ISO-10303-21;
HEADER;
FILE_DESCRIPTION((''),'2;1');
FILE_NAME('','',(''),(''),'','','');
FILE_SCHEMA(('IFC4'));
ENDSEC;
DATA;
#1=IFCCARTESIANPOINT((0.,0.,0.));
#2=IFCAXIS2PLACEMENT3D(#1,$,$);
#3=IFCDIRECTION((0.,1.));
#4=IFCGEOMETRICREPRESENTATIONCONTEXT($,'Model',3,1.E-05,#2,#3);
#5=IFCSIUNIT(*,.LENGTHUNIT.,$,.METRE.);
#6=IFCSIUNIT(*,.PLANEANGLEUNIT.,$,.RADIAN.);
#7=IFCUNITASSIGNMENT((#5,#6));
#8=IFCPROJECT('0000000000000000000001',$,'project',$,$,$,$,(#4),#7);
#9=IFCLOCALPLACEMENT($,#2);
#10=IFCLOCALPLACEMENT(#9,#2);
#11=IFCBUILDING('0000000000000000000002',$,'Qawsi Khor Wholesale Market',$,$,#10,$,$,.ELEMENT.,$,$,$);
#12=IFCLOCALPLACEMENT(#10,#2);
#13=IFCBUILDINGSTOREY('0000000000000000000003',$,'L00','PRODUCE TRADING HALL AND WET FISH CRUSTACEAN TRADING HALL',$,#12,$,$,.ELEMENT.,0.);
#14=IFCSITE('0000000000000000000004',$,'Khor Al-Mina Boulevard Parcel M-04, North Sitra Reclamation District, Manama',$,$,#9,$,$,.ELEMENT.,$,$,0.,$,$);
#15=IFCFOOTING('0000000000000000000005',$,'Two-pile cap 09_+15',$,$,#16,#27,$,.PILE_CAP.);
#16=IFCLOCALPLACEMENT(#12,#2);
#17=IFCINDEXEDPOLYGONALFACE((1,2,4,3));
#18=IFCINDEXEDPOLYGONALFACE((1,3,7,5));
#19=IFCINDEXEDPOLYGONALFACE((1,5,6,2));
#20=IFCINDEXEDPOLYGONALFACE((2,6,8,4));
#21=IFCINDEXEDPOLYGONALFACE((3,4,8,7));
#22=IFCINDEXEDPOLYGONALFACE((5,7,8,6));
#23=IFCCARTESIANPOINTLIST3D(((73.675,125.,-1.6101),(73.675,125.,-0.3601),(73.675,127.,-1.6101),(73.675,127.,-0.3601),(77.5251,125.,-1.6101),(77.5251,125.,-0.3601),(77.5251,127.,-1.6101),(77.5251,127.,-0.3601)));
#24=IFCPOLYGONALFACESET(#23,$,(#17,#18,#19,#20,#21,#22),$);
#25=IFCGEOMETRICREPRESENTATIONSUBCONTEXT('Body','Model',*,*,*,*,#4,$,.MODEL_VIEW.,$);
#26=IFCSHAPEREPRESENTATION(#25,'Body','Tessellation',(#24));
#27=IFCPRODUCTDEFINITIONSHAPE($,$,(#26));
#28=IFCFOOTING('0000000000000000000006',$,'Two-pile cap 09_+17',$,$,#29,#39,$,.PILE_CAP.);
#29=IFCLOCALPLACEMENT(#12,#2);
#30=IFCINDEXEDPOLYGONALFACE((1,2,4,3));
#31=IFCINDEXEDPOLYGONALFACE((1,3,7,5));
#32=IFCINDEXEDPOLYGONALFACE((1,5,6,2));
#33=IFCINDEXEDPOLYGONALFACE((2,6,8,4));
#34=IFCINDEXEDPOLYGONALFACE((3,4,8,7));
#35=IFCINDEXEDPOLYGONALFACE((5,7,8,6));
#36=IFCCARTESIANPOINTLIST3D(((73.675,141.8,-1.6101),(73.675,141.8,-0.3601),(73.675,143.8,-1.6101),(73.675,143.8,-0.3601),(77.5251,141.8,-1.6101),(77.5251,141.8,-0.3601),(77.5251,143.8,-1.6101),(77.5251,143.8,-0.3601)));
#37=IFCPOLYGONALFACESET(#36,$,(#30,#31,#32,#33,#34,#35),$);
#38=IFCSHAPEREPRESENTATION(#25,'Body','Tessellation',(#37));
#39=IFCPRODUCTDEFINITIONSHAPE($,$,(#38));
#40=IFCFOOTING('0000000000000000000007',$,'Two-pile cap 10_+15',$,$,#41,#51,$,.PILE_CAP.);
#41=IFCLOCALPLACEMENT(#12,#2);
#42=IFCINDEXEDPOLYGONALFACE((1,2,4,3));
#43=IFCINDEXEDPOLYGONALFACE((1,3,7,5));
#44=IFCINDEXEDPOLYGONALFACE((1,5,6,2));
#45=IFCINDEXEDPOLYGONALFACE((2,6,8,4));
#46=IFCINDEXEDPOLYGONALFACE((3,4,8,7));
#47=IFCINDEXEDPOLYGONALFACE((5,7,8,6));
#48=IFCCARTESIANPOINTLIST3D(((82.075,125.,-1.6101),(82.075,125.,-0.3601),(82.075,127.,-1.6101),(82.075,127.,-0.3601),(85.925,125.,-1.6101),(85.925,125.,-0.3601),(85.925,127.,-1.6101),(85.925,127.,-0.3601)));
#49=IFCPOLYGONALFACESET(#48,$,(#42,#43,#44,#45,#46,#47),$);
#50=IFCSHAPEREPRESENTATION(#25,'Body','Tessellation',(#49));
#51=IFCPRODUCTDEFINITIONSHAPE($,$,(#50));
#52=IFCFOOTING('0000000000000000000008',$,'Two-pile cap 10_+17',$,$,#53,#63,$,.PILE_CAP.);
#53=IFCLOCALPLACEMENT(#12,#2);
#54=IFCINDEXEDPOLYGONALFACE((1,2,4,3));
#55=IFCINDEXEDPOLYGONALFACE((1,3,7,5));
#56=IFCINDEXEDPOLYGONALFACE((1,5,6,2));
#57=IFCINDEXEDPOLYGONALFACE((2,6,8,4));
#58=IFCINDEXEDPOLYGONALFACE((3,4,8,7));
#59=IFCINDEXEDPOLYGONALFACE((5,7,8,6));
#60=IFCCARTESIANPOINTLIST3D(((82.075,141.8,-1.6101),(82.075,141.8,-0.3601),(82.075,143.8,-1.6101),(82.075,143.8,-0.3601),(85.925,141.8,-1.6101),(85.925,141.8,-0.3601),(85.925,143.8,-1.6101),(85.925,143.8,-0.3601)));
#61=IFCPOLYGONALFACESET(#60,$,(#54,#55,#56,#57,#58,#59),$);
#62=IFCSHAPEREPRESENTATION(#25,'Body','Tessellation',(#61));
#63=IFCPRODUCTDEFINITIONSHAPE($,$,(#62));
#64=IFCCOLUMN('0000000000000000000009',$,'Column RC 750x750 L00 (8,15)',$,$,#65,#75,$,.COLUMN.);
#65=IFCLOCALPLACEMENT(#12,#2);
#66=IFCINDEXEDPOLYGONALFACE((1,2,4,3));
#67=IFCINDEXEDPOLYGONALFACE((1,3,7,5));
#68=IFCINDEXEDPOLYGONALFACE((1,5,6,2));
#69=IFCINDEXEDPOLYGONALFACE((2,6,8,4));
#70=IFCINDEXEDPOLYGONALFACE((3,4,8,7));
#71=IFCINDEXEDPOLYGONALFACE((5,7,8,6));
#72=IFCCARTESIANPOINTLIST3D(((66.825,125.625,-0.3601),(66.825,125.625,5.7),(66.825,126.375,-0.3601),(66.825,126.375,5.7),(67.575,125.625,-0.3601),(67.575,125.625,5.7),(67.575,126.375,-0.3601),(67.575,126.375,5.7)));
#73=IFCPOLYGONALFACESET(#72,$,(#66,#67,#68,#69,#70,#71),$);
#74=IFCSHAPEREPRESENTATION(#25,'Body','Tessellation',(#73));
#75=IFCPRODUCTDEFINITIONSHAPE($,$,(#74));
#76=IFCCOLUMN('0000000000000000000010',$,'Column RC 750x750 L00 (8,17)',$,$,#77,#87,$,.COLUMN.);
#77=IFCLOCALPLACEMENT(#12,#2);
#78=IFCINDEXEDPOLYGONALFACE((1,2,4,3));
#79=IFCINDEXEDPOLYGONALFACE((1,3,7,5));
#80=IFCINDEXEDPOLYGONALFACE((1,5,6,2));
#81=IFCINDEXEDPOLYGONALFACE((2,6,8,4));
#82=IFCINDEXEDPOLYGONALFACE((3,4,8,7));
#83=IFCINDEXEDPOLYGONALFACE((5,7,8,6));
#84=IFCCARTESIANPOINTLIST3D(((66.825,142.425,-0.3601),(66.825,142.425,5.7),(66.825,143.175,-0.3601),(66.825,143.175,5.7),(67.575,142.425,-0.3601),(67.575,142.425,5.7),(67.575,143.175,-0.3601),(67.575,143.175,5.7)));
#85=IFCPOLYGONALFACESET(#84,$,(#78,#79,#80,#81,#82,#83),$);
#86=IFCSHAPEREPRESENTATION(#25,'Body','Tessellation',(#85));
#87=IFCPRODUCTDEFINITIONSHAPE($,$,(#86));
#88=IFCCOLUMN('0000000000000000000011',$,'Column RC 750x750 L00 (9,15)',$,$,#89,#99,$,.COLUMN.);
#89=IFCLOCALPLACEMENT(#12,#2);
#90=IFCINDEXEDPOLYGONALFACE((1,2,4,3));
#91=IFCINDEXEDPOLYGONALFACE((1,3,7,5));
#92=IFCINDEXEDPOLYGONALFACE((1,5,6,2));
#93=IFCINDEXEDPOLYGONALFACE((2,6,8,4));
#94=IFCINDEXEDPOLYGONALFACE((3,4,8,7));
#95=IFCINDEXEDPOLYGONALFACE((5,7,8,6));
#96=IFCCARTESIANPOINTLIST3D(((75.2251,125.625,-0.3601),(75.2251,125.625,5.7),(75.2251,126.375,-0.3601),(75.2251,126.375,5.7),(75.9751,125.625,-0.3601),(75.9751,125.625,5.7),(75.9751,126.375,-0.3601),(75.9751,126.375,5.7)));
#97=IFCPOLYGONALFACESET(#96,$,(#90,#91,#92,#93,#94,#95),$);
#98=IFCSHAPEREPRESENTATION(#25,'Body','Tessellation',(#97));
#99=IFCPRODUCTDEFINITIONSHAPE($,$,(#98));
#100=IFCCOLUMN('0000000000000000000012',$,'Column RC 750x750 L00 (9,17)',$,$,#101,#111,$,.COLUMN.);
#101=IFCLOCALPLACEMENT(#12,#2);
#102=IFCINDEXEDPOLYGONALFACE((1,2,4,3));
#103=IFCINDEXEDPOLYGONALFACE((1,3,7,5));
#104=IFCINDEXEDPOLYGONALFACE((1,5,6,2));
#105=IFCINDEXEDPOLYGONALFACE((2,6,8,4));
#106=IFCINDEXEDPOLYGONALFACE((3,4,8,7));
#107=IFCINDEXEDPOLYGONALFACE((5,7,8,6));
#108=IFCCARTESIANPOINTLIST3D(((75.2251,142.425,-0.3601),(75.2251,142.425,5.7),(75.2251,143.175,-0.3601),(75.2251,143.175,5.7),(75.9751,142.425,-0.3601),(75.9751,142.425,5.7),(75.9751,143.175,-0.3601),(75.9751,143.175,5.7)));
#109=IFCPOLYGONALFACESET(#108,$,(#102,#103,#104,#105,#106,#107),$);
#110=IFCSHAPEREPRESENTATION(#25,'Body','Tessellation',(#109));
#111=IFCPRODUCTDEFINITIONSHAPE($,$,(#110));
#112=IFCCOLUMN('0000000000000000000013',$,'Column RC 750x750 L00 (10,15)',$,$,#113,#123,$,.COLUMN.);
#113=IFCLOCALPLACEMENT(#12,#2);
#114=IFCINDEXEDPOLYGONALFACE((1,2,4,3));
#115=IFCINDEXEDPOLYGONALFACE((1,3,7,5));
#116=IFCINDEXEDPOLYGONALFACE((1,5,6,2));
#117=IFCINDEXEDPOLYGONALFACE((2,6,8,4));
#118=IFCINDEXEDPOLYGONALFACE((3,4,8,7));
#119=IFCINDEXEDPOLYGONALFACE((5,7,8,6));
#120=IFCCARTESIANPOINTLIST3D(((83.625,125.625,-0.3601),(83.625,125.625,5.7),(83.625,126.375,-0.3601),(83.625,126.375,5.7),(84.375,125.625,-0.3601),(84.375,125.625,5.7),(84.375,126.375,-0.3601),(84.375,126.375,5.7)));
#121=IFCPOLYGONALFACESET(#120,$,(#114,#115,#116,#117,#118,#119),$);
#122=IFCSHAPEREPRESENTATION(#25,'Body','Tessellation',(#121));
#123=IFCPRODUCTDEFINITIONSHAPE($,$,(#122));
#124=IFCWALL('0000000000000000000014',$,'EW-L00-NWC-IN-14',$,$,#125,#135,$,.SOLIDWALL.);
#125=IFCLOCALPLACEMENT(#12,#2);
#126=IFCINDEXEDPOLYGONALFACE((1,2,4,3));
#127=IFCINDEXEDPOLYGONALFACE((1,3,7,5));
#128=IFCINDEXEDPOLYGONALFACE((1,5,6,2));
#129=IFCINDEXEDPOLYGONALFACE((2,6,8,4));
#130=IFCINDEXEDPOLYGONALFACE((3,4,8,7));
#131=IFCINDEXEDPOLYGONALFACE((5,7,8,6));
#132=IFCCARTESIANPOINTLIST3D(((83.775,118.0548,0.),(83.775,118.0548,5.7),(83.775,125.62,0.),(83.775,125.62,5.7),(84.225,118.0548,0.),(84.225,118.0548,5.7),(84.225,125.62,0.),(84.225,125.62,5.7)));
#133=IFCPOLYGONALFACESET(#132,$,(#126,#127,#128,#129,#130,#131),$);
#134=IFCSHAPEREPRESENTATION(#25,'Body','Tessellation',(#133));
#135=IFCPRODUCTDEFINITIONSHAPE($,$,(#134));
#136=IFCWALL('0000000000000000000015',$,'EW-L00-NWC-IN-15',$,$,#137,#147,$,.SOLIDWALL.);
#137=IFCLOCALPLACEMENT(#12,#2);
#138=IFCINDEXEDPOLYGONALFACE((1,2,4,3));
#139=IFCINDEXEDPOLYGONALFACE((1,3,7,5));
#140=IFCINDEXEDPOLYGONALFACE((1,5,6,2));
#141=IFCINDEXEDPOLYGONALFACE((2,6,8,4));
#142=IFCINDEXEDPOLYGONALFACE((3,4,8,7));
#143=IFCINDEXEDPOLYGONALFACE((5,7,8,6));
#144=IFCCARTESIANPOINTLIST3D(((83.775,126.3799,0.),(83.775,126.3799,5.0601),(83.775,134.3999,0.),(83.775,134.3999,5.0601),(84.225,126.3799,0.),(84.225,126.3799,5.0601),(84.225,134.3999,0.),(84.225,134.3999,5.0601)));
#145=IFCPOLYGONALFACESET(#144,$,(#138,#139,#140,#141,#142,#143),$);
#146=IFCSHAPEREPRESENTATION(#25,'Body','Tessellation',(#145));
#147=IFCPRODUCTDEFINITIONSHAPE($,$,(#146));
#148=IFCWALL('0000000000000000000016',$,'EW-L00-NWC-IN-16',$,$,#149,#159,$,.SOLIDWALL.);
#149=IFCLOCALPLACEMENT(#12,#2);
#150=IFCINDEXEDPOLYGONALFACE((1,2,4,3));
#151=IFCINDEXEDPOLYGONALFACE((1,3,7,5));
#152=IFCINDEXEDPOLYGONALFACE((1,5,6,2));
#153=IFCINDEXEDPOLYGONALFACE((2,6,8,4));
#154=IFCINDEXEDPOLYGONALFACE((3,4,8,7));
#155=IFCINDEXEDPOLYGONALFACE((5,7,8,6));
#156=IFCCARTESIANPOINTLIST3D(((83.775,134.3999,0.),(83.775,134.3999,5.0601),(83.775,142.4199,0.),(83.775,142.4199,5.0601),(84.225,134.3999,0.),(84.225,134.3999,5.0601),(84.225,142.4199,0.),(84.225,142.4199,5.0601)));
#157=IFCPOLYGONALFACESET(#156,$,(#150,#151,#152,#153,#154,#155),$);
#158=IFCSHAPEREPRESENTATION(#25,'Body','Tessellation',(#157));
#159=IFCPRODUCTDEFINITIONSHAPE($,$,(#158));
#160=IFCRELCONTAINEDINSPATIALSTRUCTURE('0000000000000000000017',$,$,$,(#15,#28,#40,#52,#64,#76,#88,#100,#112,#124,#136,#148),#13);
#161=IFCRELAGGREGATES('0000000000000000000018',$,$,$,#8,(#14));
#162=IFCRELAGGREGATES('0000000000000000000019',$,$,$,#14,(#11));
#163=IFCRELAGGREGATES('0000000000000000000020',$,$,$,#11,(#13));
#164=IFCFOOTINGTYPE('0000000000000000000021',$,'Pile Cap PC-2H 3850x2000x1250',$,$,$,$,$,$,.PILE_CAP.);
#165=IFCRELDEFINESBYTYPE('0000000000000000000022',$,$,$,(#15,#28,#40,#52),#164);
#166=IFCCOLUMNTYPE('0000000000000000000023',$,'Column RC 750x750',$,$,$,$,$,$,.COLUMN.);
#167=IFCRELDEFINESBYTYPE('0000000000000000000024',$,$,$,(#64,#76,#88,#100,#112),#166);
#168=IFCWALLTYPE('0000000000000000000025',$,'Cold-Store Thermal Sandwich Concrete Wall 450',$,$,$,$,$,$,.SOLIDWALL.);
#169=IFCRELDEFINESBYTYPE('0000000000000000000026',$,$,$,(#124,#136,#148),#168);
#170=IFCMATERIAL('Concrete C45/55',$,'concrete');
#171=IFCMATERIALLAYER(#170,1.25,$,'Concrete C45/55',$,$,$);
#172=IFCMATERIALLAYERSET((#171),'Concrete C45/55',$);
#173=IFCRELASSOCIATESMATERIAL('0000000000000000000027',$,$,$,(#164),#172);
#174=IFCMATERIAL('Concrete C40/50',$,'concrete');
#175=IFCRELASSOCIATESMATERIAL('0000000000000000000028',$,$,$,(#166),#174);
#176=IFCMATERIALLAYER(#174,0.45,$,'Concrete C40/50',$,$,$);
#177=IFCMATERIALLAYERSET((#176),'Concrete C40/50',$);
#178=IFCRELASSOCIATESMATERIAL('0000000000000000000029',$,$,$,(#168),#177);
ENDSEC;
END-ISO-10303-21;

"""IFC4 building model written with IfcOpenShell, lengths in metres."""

from ifc_helpers import new_model, si_unit, direction, frame, frame_2d, origin, origin_2d, place, context, subcontext, project, spatial, rectangle, extrude, material, layer, layer_set, material_profile, profile_set, type_object, element, save


model = new_model("IFC4")

# Units and contexts
model_context = context("Model", 3, precision=1e-05, world=origin(), true_north=direction((0.0, 1.0)))
body_context = subcontext(model_context, "Body", "Model", "MODEL_VIEW")
ifc_project = project(units=[si_unit("LENGTHUNIT", "METRE"), si_unit("PLANEANGLEUNIT", "RADIAN")], contexts=[model_context])

# Site, building, storey
site_placement = place(None, origin())
site = spatial("IfcSite", under=ifc_project, at=site_placement, Name="Khor Al-Mina Boulevard Parcel M-04, North Sitra Reclamation District, Manama", CompositionType="ELEMENT", RefElevation=0.0)
building_placement = place(site_placement, origin())
building = spatial("IfcBuilding", under=site, at=building_placement, Name="Qawsi Khor Wholesale Market", CompositionType="ELEMENT")
storey_placement = place(building_placement, origin())
storey = spatial("IfcBuildingStorey", under=building, at=storey_placement, Name="L00", Description="PRODUCE TRADING HALL AND WET FISH CRUSTACEAN TRADING HALL", CompositionType="ELEMENT", Elevation=0.0)

# Shared definitions
ifc_material_1 = material(Name="Concrete C45/55", Category="concrete")

# Footings
ifc_layer_1 = layer(ifc_material_1, 1.25, Name="Concrete C45/55")
ifc_layer_set_1 = layer_set([ifc_layer_1], Name="Concrete C45/55")
footing_type_1 = type_object("IfcFootingType", Name="Pile Cap PC-2H 3850x2000x1250", PredefinedType="PILE_CAP", material=ifc_layer_set_1)
for number, where, z_axis, x_axis, name in (
    (1, (75.6001, 126.0, -1.6101), (0.0, 0.0, 1.0), (1.0, 0.0, 0.0), "Two-pile cap 09_+15"),
    (2, (75.6001, 142.8, -1.6101), (0.0, 0.0, 1.0), (1.0, 0.0, 0.0), "Two-pile cap 09_+17"),
    (3, (84.0, 126.0, -1.6101), (0.0, 0.0, 1.0), (1.0, 0.0, 0.0), "Two-pile cap 10_+15"),
    (4, (84.0, 142.8, -1.6101), (0.0, 0.0, 1.0), (1.0, 0.0, 0.0), "Two-pile cap 10_+17"),
):
    element("IfcFooting", number, at=place(storey_placement, frame(where, z_axis=z_axis, x_axis=x_axis)), inside=storey, type_object=footing_type_1, Name=name, PredefinedType="PILE_CAP", context=body_context, shape_type="SweptSolid", body=[
        extrude(rectangle(XDim=3.8501, YDim=2.0, at=origin_2d()), origin(), (0.0, 0.0, 1.0), 1.25),
    ])

# Columns
ifc_material_2 = material(Name="Concrete C40/50", Category="concrete")
ifc_material_profile_1 = material_profile(ifc_material_2, rectangle(XDim=0.75, YDim=0.75, at=origin_2d()), Name="RC 750x750")
ifc_profile_set_1 = profile_set([ifc_material_profile_1], Name="Concrete C40/50")
column_type = type_object("IfcColumnType", Name="Column RC 750x750", PredefinedType="COLUMN", material=ifc_profile_set_1)
for number, where, z_axis, x_axis, name in (
    (5, (67.2, 126.0, -0.3601), (0.0, 0.0, 1.0), (1.0, 0.0, 0.0), "Column RC 750x750 L00 (8,15)"),
    (6, (67.2, 142.8, -0.3601), (0.0, 0.0, 1.0), (1.0, 0.0, 0.0), "Column RC 750x750 L00 (8,17)"),
    (7, (75.6001, 126.0, -0.3601), (0.0, 0.0, 1.0), (1.0, 0.0, 0.0), "Column RC 750x750 L00 (9,15)"),
    (8, (75.6001, 142.8, -0.3601), (0.0, 0.0, 1.0), (1.0, 0.0, 0.0), "Column RC 750x750 L00 (9,17)"),
    (9, (84.0, 126.0, -0.3601), (0.0, 0.0, 1.0), (1.0, 0.0, 0.0), "Column RC 750x750 L00 (10,15)"),
):
    element("IfcColumn", number, at=place(storey_placement, frame(where, z_axis=z_axis, x_axis=x_axis)), inside=storey, type_object=column_type, Name=name, PredefinedType="COLUMN", context=body_context, shape_type="SweptSolid", body=[
        extrude(rectangle(XDim=0.75, YDim=0.75, at=origin_2d()), origin(), (0.0, 0.0, 1.0), 6.0601),
    ])

# Walls
ifc_layer_2 = layer(ifc_material_2, 0.45, Name="Concrete C40/50")
ifc_layer_set_2 = layer_set([ifc_layer_2], Name="Concrete C40/50")
wall_type = type_object("IfcWallType", Name="Cold-Store Thermal Sandwich Concrete Wall 450", PredefinedType="SOLIDWALL", material=ifc_layer_set_2)
wall_placement = place(storey_placement, frame((84.0, 125.6201, 0.0), z_axis=(0.0, 0.0, 1.0), x_axis=(0.0, -1.0, 0.0)))
element("IfcWall", 10, at=wall_placement, inside=storey, type_object=wall_type, Name="EW-L00-NWC-IN-14", PredefinedType="SOLIDWALL", context=body_context, shape_type="SweptSolid", body=[
    extrude(rectangle(XDim=7.5652, YDim=0.45, at=frame_2d((3.7827, 0.0))), origin(), (0.0, 0.0, 1.0), 5.7),
])
for number, where, z_axis, x_axis, name in (
    (11, (84.0, 134.3999, 0.0), (0.0, 0.0, 1.0), (0.0, -1.0, 0.0), "EW-L00-NWC-IN-15"),
    (12, (84.0, 142.4199, 0.0), (0.0, 0.0, 1.0), (0.0, -1.0, 0.0), "EW-L00-NWC-IN-16"),
):
    element("IfcWall", number, at=place(storey_placement, frame(where, z_axis=z_axis, x_axis=x_axis)), inside=storey, type_object=wall_type, Name=name, PredefinedType="SOLIDWALL", context=body_context, shape_type="SweptSolid", body=[
        extrude(rectangle(XDim=8.02, YDim=0.45, at=frame_2d((4.01, 0.0))), origin(), (0.0, 0.0, 1.0), 5.0601),
    ])

save(model, "model.ifc")
